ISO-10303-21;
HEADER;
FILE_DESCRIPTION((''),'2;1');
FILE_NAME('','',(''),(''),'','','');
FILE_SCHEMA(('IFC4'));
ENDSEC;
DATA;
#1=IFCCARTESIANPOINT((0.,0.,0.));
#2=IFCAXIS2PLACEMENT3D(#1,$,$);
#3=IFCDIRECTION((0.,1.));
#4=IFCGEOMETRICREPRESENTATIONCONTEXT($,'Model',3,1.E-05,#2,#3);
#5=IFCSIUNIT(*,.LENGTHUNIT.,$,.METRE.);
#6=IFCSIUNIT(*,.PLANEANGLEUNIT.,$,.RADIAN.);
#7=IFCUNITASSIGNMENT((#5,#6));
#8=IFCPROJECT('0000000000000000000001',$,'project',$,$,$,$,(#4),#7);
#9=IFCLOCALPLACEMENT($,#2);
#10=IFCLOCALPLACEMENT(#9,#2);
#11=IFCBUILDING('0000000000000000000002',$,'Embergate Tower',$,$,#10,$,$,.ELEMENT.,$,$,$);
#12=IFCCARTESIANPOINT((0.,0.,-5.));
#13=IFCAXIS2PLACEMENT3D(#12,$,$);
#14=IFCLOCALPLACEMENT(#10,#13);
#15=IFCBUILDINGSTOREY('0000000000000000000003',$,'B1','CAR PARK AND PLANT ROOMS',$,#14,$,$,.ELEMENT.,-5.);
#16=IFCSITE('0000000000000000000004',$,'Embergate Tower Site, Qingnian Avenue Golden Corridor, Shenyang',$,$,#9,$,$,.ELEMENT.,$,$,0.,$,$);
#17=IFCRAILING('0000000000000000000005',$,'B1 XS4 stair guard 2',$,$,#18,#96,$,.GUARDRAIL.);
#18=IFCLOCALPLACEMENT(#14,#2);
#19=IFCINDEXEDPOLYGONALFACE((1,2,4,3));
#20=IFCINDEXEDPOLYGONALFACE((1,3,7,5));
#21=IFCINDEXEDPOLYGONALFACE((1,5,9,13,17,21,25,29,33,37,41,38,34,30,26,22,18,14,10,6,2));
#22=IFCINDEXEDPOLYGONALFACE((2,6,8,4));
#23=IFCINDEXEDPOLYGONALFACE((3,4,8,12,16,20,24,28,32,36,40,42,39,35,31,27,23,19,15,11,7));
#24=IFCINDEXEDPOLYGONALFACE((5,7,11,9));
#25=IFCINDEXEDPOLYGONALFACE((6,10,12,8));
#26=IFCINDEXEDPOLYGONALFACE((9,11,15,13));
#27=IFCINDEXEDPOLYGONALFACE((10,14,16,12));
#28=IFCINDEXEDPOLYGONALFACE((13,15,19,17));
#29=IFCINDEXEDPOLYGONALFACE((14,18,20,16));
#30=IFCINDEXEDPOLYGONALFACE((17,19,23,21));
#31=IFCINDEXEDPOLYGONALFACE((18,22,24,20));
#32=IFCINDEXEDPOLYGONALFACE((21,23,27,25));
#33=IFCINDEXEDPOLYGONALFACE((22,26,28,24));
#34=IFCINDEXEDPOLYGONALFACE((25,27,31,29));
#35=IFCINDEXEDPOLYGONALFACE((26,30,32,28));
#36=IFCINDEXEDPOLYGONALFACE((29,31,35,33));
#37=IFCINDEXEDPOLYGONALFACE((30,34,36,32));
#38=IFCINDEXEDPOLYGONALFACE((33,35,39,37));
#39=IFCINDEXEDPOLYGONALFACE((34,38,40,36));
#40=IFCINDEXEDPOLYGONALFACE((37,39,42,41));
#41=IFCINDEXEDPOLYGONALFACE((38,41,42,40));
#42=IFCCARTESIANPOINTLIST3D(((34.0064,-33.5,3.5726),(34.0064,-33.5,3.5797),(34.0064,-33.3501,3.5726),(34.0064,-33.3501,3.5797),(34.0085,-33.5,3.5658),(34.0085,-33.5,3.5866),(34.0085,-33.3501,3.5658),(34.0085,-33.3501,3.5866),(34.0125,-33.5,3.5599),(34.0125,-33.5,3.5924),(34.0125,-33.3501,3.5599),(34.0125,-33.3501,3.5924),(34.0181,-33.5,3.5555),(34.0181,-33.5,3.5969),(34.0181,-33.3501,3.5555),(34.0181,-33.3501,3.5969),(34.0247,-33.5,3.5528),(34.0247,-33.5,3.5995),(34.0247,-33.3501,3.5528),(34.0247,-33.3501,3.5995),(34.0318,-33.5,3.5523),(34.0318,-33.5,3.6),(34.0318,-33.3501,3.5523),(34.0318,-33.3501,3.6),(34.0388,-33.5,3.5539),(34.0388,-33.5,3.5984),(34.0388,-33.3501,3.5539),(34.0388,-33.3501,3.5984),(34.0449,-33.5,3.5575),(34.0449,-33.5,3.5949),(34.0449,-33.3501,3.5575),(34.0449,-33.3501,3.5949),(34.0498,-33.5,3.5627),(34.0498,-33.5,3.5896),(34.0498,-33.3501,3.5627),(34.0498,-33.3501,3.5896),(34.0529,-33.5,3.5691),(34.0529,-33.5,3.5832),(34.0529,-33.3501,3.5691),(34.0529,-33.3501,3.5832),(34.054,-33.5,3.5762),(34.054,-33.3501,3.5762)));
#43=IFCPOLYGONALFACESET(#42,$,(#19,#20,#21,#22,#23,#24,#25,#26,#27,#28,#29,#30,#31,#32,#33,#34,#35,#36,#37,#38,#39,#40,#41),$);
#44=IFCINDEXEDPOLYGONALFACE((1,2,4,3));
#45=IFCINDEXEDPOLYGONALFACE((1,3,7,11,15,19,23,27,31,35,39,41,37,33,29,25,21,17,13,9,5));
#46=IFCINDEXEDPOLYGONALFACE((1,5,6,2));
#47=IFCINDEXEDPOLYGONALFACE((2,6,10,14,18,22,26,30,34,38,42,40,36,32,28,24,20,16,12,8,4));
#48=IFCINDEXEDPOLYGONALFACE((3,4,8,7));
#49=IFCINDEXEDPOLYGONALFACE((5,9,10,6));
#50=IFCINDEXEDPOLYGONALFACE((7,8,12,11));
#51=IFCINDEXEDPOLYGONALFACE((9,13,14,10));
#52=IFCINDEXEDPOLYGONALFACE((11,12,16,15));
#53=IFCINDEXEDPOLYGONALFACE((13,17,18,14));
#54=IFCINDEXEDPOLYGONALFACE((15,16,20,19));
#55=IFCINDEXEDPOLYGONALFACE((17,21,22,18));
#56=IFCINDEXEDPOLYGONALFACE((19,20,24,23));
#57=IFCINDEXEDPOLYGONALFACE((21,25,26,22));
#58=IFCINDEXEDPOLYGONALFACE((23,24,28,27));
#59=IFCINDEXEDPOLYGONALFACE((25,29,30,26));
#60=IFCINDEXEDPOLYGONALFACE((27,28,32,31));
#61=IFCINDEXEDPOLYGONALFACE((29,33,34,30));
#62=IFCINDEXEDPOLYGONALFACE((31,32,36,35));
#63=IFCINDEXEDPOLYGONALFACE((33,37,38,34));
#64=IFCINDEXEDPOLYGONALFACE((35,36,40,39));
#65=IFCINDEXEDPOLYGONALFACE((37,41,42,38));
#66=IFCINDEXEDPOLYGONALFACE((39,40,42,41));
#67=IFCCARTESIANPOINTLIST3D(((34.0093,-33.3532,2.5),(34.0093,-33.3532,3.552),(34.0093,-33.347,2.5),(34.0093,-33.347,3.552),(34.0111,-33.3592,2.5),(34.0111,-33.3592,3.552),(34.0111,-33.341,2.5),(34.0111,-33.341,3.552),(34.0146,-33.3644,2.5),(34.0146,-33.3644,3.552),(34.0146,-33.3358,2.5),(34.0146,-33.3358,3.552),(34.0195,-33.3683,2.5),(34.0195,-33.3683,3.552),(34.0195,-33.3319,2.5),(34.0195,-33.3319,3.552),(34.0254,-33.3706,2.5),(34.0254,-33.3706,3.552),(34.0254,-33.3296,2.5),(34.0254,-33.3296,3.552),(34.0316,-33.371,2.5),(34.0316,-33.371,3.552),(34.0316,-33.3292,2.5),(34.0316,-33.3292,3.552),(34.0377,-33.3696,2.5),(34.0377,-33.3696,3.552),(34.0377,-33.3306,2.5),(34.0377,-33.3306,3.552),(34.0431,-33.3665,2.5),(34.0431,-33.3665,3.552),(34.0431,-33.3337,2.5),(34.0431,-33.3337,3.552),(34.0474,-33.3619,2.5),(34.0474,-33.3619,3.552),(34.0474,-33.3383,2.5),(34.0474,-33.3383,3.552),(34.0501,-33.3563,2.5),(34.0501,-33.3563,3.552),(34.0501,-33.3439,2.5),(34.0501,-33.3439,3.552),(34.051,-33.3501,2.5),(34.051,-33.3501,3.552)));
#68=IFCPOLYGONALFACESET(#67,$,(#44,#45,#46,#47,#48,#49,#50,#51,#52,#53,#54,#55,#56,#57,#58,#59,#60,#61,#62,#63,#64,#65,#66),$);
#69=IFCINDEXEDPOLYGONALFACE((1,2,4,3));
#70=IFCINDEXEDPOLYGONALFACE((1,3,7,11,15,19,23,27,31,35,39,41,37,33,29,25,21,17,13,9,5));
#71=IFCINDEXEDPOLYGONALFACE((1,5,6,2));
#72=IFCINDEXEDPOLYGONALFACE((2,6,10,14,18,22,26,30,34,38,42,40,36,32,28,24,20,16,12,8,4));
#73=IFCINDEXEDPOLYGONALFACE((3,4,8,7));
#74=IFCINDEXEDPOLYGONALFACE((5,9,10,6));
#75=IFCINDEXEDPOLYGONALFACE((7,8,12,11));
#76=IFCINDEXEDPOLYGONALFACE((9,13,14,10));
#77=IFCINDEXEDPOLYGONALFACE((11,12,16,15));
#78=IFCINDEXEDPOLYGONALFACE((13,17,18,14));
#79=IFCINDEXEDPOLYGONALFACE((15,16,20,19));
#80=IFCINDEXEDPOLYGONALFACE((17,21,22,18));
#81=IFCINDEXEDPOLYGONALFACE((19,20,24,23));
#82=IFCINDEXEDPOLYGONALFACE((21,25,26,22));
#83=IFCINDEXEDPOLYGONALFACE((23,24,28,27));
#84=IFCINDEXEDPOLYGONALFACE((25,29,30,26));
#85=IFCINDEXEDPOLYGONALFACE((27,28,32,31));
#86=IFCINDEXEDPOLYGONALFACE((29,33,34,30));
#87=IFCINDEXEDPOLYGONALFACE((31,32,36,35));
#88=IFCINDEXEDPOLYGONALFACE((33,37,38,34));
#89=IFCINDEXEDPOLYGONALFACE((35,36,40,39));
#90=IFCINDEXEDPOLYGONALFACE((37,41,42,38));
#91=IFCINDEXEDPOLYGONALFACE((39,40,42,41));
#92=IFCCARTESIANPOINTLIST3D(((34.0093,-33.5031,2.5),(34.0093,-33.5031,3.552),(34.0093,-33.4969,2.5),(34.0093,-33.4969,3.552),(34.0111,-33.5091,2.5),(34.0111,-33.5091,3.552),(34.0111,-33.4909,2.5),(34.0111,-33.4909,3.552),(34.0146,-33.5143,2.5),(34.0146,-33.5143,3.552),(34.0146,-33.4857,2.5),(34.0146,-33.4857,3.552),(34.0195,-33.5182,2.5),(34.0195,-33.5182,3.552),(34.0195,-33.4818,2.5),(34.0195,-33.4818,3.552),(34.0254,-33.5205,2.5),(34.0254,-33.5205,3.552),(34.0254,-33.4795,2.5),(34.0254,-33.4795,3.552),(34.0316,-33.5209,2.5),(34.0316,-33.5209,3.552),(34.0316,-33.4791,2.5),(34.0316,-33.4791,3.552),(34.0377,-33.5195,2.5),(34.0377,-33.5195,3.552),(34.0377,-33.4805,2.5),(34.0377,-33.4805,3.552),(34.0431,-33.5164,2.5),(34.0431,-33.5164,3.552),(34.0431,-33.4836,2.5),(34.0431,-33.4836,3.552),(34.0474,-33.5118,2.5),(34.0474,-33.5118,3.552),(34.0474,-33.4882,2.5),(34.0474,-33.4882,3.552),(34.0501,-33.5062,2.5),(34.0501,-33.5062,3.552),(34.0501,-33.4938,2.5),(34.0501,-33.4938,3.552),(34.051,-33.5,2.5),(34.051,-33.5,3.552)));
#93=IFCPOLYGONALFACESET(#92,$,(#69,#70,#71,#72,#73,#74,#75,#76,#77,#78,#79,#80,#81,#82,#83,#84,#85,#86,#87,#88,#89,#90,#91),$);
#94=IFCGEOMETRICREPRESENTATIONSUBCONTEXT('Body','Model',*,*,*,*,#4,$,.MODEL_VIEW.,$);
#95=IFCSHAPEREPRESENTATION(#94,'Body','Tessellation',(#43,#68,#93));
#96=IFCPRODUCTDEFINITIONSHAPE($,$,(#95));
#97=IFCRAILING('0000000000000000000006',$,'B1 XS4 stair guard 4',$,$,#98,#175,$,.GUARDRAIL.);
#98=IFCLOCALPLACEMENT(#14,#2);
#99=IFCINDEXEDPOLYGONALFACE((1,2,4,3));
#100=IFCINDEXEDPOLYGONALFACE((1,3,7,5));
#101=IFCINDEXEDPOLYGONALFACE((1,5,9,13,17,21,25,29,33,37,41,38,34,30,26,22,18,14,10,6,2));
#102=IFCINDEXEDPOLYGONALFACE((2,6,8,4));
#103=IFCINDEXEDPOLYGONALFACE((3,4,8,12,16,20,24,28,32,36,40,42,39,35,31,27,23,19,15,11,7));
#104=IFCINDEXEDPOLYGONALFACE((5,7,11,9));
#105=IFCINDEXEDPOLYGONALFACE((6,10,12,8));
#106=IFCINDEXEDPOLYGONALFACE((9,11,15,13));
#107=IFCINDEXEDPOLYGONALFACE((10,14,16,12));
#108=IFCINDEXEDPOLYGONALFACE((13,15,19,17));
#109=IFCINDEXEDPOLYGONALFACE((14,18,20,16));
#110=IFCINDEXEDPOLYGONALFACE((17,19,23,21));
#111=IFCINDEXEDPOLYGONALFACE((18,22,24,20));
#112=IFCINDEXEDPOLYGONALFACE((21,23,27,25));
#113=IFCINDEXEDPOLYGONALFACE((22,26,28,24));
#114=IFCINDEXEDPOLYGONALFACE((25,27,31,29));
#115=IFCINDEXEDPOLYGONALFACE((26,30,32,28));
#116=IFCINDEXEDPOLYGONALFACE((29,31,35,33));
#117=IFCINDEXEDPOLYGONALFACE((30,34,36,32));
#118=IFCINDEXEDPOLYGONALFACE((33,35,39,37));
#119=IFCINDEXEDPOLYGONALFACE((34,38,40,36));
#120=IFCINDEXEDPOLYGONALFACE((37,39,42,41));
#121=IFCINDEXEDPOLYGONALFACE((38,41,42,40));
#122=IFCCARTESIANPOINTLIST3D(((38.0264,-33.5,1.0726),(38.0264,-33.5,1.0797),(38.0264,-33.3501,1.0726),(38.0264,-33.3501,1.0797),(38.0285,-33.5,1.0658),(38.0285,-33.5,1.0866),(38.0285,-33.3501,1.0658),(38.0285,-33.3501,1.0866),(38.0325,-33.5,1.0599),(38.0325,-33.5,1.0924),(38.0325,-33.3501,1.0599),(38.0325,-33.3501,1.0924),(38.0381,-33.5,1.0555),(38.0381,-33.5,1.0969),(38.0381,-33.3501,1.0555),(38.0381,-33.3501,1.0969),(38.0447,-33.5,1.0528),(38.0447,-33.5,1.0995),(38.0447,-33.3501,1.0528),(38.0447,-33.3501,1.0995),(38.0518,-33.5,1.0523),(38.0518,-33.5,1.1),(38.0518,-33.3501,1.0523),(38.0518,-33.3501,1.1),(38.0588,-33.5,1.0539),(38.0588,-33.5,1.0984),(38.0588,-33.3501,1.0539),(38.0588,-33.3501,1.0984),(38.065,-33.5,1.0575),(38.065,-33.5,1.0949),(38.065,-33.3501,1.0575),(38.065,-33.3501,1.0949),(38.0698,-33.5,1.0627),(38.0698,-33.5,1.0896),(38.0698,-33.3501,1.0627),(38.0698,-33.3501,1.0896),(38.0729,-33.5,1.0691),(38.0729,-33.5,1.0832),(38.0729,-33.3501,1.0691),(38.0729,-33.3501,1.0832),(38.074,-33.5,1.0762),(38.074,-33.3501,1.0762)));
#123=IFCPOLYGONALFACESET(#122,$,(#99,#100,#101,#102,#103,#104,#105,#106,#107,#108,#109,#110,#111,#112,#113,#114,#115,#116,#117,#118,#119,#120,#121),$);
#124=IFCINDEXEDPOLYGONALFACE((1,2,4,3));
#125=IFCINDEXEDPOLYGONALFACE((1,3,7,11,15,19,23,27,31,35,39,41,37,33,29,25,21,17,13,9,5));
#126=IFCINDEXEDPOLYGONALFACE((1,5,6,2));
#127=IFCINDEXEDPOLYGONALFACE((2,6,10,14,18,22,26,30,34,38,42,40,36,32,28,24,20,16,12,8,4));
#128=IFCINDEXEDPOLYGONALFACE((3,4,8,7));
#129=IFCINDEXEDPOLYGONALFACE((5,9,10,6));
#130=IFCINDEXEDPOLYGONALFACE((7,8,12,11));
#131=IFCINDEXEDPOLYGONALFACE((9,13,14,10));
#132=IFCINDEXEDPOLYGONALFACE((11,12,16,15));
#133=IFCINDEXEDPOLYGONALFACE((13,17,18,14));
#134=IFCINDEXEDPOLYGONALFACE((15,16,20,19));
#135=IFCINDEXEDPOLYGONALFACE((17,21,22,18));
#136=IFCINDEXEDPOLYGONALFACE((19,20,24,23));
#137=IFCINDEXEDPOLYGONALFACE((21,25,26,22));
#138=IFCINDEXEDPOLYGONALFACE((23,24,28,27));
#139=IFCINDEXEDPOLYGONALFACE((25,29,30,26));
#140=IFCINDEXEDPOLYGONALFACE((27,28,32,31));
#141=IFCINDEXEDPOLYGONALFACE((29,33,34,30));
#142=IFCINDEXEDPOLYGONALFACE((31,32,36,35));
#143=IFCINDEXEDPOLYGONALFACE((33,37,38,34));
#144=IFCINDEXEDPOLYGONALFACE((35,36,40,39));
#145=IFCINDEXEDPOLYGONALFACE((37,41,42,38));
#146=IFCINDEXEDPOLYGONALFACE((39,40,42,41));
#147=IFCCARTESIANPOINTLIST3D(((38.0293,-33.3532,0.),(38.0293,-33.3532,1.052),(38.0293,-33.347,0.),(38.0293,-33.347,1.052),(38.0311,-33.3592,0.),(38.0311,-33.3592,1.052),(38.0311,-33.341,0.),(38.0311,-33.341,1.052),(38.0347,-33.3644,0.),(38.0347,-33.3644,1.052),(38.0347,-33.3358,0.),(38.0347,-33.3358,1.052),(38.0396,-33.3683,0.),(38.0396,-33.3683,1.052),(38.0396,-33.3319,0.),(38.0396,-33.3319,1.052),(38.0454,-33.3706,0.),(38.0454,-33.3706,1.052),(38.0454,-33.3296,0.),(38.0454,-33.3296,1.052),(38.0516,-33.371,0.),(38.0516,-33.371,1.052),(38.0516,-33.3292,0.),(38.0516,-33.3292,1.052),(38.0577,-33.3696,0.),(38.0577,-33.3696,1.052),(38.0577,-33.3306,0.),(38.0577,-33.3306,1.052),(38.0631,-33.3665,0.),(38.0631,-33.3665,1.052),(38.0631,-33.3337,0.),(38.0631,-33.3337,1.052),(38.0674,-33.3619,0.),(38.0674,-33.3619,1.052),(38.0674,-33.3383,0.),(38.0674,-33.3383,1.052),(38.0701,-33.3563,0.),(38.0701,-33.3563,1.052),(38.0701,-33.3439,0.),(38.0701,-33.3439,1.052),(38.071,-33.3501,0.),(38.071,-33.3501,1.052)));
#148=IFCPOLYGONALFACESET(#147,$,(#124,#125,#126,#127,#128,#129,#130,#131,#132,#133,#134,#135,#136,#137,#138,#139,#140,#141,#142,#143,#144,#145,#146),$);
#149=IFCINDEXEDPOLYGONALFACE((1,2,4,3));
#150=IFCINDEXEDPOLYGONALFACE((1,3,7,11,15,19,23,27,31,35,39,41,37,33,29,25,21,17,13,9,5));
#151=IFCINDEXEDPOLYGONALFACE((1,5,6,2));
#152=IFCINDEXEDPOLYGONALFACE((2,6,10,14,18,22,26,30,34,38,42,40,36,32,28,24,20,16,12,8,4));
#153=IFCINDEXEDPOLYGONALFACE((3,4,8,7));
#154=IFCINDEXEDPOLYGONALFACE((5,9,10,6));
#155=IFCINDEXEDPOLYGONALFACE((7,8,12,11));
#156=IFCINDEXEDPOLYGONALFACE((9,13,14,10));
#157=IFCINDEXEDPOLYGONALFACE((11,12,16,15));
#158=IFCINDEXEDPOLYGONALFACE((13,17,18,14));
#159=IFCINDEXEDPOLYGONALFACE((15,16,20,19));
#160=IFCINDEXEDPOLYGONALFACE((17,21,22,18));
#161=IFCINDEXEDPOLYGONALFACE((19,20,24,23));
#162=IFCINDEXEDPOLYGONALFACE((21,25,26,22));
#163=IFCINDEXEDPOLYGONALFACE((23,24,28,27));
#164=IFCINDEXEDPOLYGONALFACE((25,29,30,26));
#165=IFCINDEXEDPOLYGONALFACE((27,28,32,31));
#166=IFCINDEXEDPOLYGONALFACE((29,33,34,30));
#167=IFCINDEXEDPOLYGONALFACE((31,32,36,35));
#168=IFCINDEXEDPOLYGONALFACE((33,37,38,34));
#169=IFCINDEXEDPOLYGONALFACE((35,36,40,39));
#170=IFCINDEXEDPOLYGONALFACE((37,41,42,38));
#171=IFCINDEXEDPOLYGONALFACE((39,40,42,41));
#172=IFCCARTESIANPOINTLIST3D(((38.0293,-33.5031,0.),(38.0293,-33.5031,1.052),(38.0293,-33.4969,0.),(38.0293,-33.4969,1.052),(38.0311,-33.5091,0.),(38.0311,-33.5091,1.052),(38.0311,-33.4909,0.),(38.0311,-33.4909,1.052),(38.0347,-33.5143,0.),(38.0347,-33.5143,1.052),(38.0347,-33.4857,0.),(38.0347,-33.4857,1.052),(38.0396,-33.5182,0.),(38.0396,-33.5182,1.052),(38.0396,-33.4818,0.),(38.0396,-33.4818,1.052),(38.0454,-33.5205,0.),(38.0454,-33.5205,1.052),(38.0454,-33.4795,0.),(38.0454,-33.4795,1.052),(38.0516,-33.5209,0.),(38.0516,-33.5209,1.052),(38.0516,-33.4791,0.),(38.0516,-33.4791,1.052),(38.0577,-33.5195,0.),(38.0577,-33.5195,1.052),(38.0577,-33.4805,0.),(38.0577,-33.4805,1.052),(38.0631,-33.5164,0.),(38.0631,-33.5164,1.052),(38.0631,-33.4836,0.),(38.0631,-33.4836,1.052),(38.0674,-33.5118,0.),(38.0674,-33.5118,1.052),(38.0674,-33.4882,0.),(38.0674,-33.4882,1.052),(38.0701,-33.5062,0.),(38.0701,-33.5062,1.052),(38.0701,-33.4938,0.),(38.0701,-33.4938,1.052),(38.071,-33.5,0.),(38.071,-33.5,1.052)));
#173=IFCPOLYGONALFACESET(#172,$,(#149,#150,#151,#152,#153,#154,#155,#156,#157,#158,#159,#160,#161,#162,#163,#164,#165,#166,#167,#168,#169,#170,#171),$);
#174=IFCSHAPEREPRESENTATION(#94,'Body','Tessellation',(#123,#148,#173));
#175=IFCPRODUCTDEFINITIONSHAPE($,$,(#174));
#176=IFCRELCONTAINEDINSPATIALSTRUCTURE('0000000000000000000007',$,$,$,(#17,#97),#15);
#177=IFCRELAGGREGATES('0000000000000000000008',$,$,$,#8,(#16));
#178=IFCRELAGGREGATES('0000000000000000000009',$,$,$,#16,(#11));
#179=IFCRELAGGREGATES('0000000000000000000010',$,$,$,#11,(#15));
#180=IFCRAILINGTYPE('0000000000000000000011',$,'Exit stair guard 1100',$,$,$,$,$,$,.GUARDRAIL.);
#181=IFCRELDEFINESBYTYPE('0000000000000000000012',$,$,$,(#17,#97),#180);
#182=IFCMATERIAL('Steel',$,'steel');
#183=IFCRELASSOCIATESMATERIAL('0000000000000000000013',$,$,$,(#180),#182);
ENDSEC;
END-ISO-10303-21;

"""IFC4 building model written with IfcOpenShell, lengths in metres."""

from ifc_helpers import new_model, si_unit, direction, frame, origin, origin_2d, place, context, subcontext, project, spatial, circle, extrude, source, transform, mapped, material, type_object, element, save


model = new_model("IFC4")

# Units and contexts
model_context = context("Model", 3, precision=1e-05, world=origin(), true_north=direction((0.0, 1.0)))
body_context = subcontext(model_context, "Body", "Model", "MODEL_VIEW")
ifc_project = project(units=[si_unit("LENGTHUNIT", "METRE"), si_unit("PLANEANGLEUNIT", "RADIAN")], contexts=[model_context])

# Site, building, storey
site_placement = place(None, origin())
site = spatial("IfcSite", under=ifc_project, at=site_placement, Name="Embergate Tower Site, Qingnian Avenue Golden Corridor, Shenyang", CompositionType="ELEMENT", RefElevation=0.0)
building_placement = place(site_placement, origin())
building = spatial("IfcBuilding", under=site, at=building_placement, Name="Embergate Tower", CompositionType="ELEMENT")
storey_placement = place(building_placement, frame((0.0, 0.0, -5.0)))
storey = spatial("IfcBuildingStorey", under=building, at=storey_placement, Name="B1", Description="CAR PARK AND PLANT ROOMS", CompositionType="ELEMENT", Elevation=-5.0)

# Railings
ifc_material_1 = material(Name="Steel", Category="steel")
railing_type_1 = type_object("IfcRailingType", Name="Exit stair guard 1100", PredefinedType="GUARDRAIL", material=ifc_material_1)
shared_shape_1 = source(origin(), body_context, "Body", "SweptSolid", [
    extrude(circle(Radius=0.0239, at=origin_2d()), frame((0.0, 0.0, 1.0762), z_axis=(0.0, -1.0, 0.0), x_axis=(1.0, 0.0, 0.0)), (0.0, 0.0, 1.0), 0.1499),
    extrude(circle(Radius=0.021, at=origin_2d()), origin(), (0.0, 0.0, 1.0), 1.052),
    extrude(circle(Radius=0.021, at=origin_2d()), frame((0.0, -0.1499, 0.0)), (0.0, 0.0, 1.0), 1.052),
])
for number, where, name in (
    (1, (34.03, -33.3501, 2.5), "B1 XS4 stair guard 2"),
    (2, (38.05, -33.3501, 0.0), "B1 XS4 stair guard 4"),
):
    element("IfcRailing", number, at=place(storey_placement, frame(where)), inside=storey, type_object=railing_type_1, Name=name, PredefinedType="GUARDRAIL", context=body_context, shape_type="MappedRepresentation", body=[
        mapped(shared_shape_1, transform((0.0, 0.0, 0.0))),
    ])

save(model, "model.ifc")
